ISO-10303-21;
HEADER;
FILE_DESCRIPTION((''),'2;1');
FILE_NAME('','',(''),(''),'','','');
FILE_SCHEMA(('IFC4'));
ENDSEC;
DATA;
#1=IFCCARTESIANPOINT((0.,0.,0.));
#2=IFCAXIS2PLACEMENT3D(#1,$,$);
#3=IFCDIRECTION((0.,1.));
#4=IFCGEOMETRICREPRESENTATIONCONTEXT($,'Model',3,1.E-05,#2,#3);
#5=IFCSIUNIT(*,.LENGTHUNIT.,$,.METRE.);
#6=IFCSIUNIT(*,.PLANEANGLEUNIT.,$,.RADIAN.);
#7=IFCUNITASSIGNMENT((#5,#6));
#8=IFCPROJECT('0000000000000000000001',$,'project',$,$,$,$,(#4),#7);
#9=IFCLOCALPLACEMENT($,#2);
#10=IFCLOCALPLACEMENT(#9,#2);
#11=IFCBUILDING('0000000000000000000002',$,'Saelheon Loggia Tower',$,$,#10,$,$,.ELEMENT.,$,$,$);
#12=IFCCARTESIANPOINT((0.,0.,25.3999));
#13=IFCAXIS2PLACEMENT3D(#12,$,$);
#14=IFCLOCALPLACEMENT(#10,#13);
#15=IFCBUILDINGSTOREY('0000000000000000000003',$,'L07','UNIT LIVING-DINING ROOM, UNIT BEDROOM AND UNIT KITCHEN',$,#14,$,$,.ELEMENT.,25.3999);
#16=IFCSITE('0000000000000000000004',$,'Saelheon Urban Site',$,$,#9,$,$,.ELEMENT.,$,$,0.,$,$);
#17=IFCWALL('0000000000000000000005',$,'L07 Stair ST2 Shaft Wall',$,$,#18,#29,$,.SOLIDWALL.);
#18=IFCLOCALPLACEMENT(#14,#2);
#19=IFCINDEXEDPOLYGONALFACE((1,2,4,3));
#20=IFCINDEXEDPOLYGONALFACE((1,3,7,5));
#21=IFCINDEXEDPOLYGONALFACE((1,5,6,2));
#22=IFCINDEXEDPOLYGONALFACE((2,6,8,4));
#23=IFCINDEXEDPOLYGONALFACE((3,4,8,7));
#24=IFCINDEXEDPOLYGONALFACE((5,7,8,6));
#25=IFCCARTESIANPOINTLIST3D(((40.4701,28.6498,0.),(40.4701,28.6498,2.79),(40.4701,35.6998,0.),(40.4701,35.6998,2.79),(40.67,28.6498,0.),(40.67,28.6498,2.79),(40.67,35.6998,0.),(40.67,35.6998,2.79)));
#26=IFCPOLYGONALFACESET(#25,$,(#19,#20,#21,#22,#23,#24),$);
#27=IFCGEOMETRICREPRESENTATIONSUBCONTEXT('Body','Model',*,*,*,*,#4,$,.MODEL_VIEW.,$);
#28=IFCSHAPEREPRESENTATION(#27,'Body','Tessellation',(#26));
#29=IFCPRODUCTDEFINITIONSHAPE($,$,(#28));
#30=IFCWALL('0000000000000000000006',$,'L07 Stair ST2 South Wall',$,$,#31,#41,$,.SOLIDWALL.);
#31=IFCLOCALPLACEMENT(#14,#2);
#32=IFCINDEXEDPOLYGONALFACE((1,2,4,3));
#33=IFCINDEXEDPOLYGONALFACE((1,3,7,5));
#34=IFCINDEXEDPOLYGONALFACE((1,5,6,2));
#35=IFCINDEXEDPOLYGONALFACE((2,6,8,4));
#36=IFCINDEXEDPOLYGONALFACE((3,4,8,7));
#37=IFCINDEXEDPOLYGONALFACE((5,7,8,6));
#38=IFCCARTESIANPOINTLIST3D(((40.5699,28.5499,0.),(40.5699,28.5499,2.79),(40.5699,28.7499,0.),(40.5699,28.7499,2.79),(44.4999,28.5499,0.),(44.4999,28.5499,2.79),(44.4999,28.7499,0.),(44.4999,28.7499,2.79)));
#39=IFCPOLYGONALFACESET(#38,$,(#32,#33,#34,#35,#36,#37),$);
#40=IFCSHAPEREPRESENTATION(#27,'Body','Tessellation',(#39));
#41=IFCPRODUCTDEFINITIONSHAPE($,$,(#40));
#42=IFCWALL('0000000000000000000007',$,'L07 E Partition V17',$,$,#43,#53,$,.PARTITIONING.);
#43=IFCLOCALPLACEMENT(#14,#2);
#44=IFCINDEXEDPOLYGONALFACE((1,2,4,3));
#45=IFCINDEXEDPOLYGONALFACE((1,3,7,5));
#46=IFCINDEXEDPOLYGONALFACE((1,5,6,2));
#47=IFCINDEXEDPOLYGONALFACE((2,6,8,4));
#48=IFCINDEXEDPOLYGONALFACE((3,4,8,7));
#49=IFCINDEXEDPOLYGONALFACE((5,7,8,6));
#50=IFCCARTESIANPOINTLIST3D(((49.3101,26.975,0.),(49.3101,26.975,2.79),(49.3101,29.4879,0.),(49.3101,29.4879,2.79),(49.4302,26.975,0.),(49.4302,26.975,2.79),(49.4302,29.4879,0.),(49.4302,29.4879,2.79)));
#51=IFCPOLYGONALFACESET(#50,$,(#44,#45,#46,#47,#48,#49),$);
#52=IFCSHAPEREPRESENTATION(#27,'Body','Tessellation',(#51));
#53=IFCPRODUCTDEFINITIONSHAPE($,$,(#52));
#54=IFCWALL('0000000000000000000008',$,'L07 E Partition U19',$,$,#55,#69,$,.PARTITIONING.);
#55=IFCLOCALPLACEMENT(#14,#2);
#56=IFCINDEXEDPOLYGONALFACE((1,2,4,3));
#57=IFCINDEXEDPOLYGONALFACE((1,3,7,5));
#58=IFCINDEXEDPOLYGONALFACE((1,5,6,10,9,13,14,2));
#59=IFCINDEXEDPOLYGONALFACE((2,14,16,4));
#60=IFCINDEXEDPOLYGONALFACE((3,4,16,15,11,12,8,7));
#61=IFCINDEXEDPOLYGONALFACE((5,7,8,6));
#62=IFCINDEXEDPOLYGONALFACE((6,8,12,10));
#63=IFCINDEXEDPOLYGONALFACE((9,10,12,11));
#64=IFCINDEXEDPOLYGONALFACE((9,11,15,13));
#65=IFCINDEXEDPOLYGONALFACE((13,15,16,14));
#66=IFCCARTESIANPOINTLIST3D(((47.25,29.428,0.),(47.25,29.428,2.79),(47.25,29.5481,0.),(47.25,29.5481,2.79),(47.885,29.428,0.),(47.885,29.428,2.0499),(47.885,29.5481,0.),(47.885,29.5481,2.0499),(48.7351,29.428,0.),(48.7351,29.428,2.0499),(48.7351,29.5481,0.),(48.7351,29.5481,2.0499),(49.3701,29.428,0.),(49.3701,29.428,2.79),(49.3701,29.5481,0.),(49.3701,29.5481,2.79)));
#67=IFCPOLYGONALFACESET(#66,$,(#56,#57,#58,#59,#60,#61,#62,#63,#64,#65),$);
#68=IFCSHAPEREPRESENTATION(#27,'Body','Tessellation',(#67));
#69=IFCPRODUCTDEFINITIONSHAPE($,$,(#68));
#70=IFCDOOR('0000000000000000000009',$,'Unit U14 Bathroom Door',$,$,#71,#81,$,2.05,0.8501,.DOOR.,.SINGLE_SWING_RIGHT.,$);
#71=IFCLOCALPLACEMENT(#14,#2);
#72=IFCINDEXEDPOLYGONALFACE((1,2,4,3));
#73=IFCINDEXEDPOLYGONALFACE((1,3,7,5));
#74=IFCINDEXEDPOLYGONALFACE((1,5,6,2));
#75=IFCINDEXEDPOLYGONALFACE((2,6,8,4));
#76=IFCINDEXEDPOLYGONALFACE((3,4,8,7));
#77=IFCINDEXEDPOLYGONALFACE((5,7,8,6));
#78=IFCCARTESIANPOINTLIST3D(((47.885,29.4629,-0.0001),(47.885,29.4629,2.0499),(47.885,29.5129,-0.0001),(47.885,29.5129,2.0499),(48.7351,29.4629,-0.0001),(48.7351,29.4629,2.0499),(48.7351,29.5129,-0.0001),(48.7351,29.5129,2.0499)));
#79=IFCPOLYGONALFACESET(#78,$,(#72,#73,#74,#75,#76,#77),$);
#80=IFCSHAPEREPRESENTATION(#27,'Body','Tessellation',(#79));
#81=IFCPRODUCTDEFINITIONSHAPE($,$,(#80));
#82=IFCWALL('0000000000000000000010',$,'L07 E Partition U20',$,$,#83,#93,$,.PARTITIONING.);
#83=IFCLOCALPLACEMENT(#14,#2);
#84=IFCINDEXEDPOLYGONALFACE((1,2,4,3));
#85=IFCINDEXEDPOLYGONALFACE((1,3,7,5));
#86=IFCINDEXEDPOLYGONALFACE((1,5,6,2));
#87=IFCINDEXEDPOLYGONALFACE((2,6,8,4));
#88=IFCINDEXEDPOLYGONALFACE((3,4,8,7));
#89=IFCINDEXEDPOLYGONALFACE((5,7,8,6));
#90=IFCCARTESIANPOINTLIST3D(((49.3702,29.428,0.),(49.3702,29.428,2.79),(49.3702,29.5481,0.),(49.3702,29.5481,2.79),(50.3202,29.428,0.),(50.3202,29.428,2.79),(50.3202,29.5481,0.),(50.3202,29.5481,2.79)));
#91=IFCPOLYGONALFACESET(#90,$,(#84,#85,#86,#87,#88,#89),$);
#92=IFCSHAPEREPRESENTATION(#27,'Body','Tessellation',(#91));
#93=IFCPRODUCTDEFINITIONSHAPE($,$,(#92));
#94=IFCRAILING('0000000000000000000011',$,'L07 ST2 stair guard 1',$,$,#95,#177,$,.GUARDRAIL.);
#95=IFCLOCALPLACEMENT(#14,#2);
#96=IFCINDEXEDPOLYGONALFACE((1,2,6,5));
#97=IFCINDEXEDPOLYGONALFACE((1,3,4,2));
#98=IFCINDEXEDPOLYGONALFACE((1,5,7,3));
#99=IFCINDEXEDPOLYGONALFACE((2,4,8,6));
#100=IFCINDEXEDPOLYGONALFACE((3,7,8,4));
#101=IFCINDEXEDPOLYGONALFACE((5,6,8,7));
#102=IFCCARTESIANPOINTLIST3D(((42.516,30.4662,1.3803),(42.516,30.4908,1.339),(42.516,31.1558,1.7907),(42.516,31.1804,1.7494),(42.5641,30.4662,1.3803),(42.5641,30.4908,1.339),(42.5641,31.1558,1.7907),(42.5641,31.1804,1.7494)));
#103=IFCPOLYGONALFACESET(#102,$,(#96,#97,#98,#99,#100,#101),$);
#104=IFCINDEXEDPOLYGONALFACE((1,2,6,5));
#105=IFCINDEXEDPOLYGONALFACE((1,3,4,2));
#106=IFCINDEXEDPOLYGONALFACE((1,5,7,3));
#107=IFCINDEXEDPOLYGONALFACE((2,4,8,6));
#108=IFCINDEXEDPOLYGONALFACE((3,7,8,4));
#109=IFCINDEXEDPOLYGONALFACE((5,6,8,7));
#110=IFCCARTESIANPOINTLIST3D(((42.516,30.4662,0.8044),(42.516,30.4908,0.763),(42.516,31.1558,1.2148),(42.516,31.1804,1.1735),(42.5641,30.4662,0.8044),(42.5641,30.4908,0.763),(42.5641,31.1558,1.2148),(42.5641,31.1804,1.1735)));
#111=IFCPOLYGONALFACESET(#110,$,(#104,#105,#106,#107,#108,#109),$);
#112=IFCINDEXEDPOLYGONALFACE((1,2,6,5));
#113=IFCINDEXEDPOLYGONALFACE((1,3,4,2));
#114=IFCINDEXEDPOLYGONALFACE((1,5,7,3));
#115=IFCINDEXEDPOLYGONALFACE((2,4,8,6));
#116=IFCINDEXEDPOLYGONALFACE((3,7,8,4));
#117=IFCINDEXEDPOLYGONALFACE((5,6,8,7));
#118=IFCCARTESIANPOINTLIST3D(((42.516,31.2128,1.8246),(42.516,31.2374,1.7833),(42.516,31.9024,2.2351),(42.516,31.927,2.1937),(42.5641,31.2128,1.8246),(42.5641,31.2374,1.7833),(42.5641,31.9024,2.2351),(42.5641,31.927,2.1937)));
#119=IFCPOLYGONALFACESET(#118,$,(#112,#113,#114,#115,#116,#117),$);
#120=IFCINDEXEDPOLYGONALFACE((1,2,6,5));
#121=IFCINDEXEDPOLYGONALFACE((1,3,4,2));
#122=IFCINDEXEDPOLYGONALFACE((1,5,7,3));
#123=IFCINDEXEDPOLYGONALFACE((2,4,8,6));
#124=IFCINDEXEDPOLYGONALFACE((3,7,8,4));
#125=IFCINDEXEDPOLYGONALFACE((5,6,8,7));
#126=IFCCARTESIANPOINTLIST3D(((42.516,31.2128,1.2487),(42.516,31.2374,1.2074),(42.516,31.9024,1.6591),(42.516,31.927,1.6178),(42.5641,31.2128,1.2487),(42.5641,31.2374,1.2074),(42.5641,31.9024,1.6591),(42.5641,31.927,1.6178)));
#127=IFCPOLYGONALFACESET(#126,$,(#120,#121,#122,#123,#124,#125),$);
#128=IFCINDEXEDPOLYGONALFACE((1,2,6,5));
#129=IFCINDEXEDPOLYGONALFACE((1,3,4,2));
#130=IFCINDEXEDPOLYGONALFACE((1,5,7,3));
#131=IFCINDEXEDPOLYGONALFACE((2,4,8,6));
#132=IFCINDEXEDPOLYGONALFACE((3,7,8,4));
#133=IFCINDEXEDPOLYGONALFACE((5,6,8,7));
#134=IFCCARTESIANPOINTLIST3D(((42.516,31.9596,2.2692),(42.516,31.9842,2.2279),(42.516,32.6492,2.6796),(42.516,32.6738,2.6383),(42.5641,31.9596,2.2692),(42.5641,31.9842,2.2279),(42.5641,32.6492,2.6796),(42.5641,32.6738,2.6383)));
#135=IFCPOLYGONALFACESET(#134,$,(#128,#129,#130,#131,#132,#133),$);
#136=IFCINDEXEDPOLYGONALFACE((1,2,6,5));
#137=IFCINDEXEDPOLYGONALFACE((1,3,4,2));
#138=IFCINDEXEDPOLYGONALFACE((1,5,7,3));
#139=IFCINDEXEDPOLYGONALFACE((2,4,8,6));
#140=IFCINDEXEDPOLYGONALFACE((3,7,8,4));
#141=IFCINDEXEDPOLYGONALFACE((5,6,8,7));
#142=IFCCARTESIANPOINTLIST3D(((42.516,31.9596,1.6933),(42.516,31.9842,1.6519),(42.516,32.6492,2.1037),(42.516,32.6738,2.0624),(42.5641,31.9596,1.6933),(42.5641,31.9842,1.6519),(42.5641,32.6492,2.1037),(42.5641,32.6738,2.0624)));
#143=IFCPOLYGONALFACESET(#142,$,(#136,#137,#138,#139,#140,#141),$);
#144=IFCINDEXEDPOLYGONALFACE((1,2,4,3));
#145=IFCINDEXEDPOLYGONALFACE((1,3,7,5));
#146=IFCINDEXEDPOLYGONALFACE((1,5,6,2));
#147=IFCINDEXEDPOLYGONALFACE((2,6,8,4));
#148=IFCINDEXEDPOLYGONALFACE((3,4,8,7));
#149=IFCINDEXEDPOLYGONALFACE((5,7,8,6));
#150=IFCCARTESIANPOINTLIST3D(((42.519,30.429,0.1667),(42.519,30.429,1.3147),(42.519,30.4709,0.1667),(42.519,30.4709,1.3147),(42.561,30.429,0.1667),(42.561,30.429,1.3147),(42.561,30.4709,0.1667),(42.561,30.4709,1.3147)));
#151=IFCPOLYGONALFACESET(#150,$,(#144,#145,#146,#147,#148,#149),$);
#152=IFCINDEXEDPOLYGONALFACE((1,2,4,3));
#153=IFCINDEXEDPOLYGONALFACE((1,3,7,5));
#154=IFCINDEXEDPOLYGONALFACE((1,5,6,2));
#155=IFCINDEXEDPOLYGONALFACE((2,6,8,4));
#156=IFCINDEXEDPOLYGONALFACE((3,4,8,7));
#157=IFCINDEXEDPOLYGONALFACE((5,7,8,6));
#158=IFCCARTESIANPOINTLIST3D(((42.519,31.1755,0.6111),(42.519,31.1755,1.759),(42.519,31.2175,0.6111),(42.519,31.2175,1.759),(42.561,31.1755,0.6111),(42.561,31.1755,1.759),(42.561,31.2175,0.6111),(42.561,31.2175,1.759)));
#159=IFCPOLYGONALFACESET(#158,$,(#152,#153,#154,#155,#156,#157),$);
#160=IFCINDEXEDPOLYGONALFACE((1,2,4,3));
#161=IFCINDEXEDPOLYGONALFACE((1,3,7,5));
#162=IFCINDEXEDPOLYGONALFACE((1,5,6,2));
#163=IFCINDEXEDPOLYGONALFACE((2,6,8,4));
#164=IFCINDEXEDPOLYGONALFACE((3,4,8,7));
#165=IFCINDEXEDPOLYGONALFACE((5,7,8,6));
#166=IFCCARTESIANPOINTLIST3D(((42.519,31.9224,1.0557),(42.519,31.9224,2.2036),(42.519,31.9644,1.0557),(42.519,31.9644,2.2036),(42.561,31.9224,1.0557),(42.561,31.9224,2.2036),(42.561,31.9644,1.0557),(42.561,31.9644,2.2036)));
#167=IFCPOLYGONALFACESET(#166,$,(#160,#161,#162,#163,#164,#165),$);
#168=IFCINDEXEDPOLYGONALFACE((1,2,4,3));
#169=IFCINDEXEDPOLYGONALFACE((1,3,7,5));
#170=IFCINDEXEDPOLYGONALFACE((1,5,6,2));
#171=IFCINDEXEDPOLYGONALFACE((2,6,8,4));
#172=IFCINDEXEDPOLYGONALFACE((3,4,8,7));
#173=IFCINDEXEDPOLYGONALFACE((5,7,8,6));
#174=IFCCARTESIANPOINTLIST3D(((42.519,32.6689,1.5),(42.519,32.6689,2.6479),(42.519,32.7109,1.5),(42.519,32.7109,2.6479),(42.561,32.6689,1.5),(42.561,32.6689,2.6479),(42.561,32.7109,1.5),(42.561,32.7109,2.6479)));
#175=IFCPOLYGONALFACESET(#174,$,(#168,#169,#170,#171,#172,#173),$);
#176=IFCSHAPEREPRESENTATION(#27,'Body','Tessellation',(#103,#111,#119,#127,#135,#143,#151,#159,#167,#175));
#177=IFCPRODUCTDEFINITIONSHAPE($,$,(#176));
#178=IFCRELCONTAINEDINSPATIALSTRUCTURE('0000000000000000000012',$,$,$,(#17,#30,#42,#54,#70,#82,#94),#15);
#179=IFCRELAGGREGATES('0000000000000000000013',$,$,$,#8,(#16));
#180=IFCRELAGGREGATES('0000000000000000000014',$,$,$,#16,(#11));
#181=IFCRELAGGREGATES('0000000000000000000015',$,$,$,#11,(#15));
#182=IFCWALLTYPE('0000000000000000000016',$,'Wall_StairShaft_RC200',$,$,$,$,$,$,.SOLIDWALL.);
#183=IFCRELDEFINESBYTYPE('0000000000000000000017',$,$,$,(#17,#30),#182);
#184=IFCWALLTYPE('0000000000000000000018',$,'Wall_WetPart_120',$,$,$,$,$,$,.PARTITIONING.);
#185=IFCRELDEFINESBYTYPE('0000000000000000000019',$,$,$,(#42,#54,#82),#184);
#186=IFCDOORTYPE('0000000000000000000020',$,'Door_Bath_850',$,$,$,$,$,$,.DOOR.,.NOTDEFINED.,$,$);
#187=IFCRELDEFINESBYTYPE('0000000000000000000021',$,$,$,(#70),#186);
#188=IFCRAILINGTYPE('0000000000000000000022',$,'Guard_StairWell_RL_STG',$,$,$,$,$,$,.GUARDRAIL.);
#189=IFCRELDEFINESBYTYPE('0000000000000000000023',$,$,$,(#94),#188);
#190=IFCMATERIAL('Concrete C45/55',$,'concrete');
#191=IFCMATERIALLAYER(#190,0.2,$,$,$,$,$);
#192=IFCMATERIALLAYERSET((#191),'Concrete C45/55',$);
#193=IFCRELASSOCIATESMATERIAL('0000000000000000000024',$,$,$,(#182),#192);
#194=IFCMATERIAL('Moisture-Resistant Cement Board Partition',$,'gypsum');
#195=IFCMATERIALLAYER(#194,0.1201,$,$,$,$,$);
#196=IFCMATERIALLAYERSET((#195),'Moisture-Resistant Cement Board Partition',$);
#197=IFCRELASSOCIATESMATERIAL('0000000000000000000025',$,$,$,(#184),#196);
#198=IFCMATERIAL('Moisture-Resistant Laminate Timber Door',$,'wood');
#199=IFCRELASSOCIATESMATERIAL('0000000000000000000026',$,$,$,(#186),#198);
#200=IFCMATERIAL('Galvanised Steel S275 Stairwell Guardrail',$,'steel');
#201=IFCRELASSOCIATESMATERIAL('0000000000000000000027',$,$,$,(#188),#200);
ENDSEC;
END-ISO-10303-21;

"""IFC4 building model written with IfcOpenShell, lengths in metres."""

from ifc_helpers import new_model, si_unit, direction, frame, frame_2d, origin, origin_2d, place, context, subcontext, project, spatial, rectangle, extrude, source, transform, mapped, material, layer, layer_set, type_object, element, fill, save


model = new_model("IFC4")

# Units and contexts
model_context = context("Model", 3, precision=1e-05, world=origin(), true_north=direction((0.0, 1.0)))
body_context = subcontext(model_context, "Body", "Model", "MODEL_VIEW")
ifc_project = project(units=[si_unit("LENGTHUNIT", "METRE"), si_unit("PLANEANGLEUNIT", "RADIAN")], contexts=[model_context])

# Site, building, storey
site_placement = place(None, origin())
site = spatial("IfcSite", under=ifc_project, at=site_placement, Name="Saelheon Urban Site", CompositionType="ELEMENT", RefElevation=0.0)
building_placement = place(site_placement, origin())
building = spatial("IfcBuilding", under=site, at=building_placement, Name="Saelheon Loggia Tower", CompositionType="ELEMENT")
storey_placement = place(building_placement, frame((0.0, 0.0, 25.3999)))
storey = spatial("IfcBuildingStorey", under=building, at=storey_placement, Name="L07", Description="UNIT LIVING-DINING ROOM, UNIT BEDROOM AND UNIT KITCHEN", CompositionType="ELEMENT", Elevation=25.3999)

# Walls
ifc_material_1 = material(Name="Concrete C45/55", Category="concrete")
ifc_layer_1 = layer(ifc_material_1, 0.2)
ifc_layer_set_1 = layer_set([ifc_layer_1], Name="Concrete C45/55")
wall_type_1 = type_object("IfcWallType", Name="Wall_StairShaft_RC200", PredefinedType="SOLIDWALL", material=ifc_layer_set_1)
wall_1_placement = place(storey_placement, frame((40.5701, 28.6499, 0.0), z_axis=(0.0, 0.0, 1.0), x_axis=(0.0, 1.0, 0.0)))
element("IfcWall", 1, at=wall_1_placement, inside=storey, type_object=wall_type_1, Name="L07 Stair ST2 Shaft Wall", PredefinedType="SOLIDWALL", context=body_context, shape_type="SweptSolid", body=[
    extrude(rectangle(XDim=7.05, YDim=0.2, at=frame_2d((3.5249, 0.0))), origin(), (0.0, 0.0, 1.0), 2.79),
])
wall_2_placement = place(storey_placement, frame((40.5701, 28.6499, 0.0), z_axis=(0.0, 0.0, 1.0), x_axis=(1.0, 0.0, 0.0)))
element("IfcWall", 2, at=wall_2_placement, inside=storey, type_object=wall_type_1, Name="L07 Stair ST2 South Wall", PredefinedType="SOLIDWALL", context=body_context, shape_type="SweptSolid", body=[
    extrude(rectangle(XDim=3.9299, YDim=0.2, at=frame_2d((1.9648, 0.0))), origin(), (0.0, 0.0, 1.0), 2.79),
])
ifc_material_2 = material(Name="Moisture-Resistant Cement Board Partition", Category="gypsum")
ifc_layer_2 = layer(ifc_material_2, 0.1201)
ifc_layer_set_2 = layer_set([ifc_layer_2], Name="Moisture-Resistant Cement Board Partition")
wall_type_2 = type_object("IfcWallType", Name="Wall_WetPart_120", PredefinedType="PARTITIONING", material=ifc_layer_set_2)
wall_3_placement = place(storey_placement, frame((49.3701, 26.9751, 0.0), z_axis=(0.0, 0.0, 1.0), x_axis=(0.0, 1.0, 0.0)))
element("IfcWall", 3, at=wall_3_placement, inside=storey, type_object=wall_type_2, Name="L07 E Partition V17", PredefinedType="PARTITIONING", context=body_context, shape_type="SweptSolid", body=[
    extrude(rectangle(XDim=2.5129, YDim=0.1201, at=frame_2d((1.2563, 0.0))), origin(), (0.0, 0.0, 1.0), 2.79),
])

# Wall, opening, door
wall_4_placement = place(storey_placement, frame((47.25, 29.488, 0.0), z_axis=(0.0, 0.0, 1.0), x_axis=(1.0, 0.0, 0.0)))
wall_4 = element("IfcWall", 4, at=wall_4_placement, inside=storey, type_object=wall_type_2, Name="L07 E Partition U19", PredefinedType="PARTITIONING", context=body_context, shape_type="SweptSolid", body=[
    extrude(rectangle(XDim=2.1201, YDim=0.1201, at=frame_2d((1.0601, 0.0))), origin(), (0.0, 0.0, 1.0), 2.79),
])
opening_1_placement = place(wall_4_placement, frame((0.635, 0.0, 0.0)))
opening_1 = element("IfcOpeningElement", 5, at=opening_1_placement, cuts=wall_4, PredefinedType="OPENING", context=body_context, shape_type="SweptSolid", body=[
    extrude(rectangle(XDim=0.8501, YDim=2.05, at=frame_2d((0.425, 1.0249))), frame((0.0, 0.072, 0.0), z_axis=(0.0, -1.0, 0.0), x_axis=(1.0, 0.0, 0.0)), (0.0, 0.0, 1.0), 0.144),
])
ifc_material_3 = material(Name="Moisture-Resistant Laminate Timber Door", Category="wood")
door_type_1 = type_object("IfcDoorType", Name="Door_Bath_850", OperationType="NOTDEFINED", PredefinedType="DOOR", material=ifc_material_3)
shared_shape_1 = source(origin(), body_context, "Body", "SweptSolid", [
    extrude(rectangle(XDim=0.8501, YDim=2.05, at=frame_2d((0.425, 1.0249))), frame((0.0, 0.0249, 0.0), z_axis=(0.0, -1.0, 0.0), x_axis=(1.0, 0.0, 0.0)), (0.0, 0.0, 1.0), 0.05),
])
door_1_placement = place(opening_1_placement, origin())
door_1 = element("IfcDoor", 6, at=door_1_placement, inside=storey, type_object=door_type_1, Name="Unit U14 Bathroom Door", OperationType="SINGLE_SWING_RIGHT", OverallHeight=2.05, OverallWidth=0.8501, PredefinedType="DOOR", context=body_context, shape_type="MappedRepresentation", body=[
    mapped(shared_shape_1, transform((0.0, 0.0, 0.0), scale=1.0)),
])
fill(opening_1, door_1)

# Wall
wall_5_placement = place(storey_placement, frame((49.3701, 29.488, 0.0), z_axis=(0.0, 0.0, 1.0), x_axis=(1.0, 0.0, 0.0)))
element("IfcWall", 7, at=wall_5_placement, inside=storey, type_object=wall_type_2, Name="L07 E Partition U20", PredefinedType="PARTITIONING", context=body_context, shape_type="SweptSolid", body=[
    extrude(rectangle(XDim=0.95, YDim=0.1201, at=frame_2d((0.4751, 0.0))), origin(), (0.0, 0.0, 1.0), 2.79),
])

# Railing
ifc_material_4 = material(Name="Galvanised Steel S275 Stairwell Guardrail", Category="steel")
railing_type_1 = type_object("IfcRailingType", Name="Guard_StairWell_RL_STG", PredefinedType="GUARDRAIL", material=ifc_material_4)
railing_1_placement = place(storey_placement, frame((42.54, 30.45, 0.1667)))
element("IfcRailing", 8, at=railing_1_placement, inside=storey, type_object=railing_type_1, Name="L07 ST2 stair guard 1", PredefinedType="GUARDRAIL", context=body_context, shape_type="SweptSolid", body=[
    extrude(rectangle(XDim=0.0481, YDim=0.0481, at=origin_2d()), frame((0.0, 0.0286, 1.1929), z_axis=(0.0, 0.859306, 0.511462), x_axis=(-1.0, 0.0, 0.0)), (0.0, 0.0, 1.0), 0.8025),
    extrude(rectangle(XDim=0.0481, YDim=0.0481, at=origin_2d()), frame((0.0, 0.0286, 0.6169), z_axis=(0.0, 0.859306, 0.511462), x_axis=(-1.0, 0.0, 0.0)), (0.0, 0.0, 1.0), 0.8025),
    extrude(rectangle(XDim=0.0481, YDim=0.0481, at=origin_2d()), frame((0.0, 0.7751, 1.6372), z_axis=(0.0, 0.859306, 0.511462), x_axis=(-1.0, 0.0, 0.0)), (0.0, 0.0, 1.0), 0.8025),
    extrude(rectangle(XDim=0.0481, YDim=0.0481, at=origin_2d()), frame((0.0, 0.7751, 1.0613), z_axis=(0.0, 0.859306, 0.511462), x_axis=(-1.0, 0.0, 0.0)), (0.0, 0.0, 1.0), 0.8025),
    extrude(rectangle(XDim=0.0481, YDim=0.0481, at=origin_2d()), frame((0.0, 1.522, 2.0818), z_axis=(0.0, 0.859306, 0.511462), x_axis=(-1.0, 0.0, 0.0)), (0.0, 0.0, 1.0), 0.8025),
    extrude(rectangle(XDim=0.0481, YDim=0.0481, at=origin_2d()), frame((0.0, 1.522, 1.5059), z_axis=(0.0, 0.859306, 0.511462), x_axis=(-1.0, 0.0, 0.0)), (0.0, 0.0, 1.0), 0.8025),
    extrude(rectangle(XDim=0.042, YDim=0.042, at=origin_2d()), origin(), (0.0, 0.0, 1.0), 1.1479),
    extrude(rectangle(XDim=0.042, YDim=0.042, at=origin_2d()), frame((0.0, 0.7466, 0.4443)), (0.0, 0.0, 1.0), 1.1479),
    extrude(rectangle(XDim=0.042, YDim=0.042, at=origin_2d()), frame((0.0, 1.4934, 0.8889)), (0.0, 0.0, 1.0), 1.1479),
    extrude(rectangle(XDim=0.042, YDim=0.042, at=origin_2d()), frame((0.0, 2.24, 1.3333)), (0.0, 0.0, 1.0), 1.1479),
])

save(model, "model.ifc")
